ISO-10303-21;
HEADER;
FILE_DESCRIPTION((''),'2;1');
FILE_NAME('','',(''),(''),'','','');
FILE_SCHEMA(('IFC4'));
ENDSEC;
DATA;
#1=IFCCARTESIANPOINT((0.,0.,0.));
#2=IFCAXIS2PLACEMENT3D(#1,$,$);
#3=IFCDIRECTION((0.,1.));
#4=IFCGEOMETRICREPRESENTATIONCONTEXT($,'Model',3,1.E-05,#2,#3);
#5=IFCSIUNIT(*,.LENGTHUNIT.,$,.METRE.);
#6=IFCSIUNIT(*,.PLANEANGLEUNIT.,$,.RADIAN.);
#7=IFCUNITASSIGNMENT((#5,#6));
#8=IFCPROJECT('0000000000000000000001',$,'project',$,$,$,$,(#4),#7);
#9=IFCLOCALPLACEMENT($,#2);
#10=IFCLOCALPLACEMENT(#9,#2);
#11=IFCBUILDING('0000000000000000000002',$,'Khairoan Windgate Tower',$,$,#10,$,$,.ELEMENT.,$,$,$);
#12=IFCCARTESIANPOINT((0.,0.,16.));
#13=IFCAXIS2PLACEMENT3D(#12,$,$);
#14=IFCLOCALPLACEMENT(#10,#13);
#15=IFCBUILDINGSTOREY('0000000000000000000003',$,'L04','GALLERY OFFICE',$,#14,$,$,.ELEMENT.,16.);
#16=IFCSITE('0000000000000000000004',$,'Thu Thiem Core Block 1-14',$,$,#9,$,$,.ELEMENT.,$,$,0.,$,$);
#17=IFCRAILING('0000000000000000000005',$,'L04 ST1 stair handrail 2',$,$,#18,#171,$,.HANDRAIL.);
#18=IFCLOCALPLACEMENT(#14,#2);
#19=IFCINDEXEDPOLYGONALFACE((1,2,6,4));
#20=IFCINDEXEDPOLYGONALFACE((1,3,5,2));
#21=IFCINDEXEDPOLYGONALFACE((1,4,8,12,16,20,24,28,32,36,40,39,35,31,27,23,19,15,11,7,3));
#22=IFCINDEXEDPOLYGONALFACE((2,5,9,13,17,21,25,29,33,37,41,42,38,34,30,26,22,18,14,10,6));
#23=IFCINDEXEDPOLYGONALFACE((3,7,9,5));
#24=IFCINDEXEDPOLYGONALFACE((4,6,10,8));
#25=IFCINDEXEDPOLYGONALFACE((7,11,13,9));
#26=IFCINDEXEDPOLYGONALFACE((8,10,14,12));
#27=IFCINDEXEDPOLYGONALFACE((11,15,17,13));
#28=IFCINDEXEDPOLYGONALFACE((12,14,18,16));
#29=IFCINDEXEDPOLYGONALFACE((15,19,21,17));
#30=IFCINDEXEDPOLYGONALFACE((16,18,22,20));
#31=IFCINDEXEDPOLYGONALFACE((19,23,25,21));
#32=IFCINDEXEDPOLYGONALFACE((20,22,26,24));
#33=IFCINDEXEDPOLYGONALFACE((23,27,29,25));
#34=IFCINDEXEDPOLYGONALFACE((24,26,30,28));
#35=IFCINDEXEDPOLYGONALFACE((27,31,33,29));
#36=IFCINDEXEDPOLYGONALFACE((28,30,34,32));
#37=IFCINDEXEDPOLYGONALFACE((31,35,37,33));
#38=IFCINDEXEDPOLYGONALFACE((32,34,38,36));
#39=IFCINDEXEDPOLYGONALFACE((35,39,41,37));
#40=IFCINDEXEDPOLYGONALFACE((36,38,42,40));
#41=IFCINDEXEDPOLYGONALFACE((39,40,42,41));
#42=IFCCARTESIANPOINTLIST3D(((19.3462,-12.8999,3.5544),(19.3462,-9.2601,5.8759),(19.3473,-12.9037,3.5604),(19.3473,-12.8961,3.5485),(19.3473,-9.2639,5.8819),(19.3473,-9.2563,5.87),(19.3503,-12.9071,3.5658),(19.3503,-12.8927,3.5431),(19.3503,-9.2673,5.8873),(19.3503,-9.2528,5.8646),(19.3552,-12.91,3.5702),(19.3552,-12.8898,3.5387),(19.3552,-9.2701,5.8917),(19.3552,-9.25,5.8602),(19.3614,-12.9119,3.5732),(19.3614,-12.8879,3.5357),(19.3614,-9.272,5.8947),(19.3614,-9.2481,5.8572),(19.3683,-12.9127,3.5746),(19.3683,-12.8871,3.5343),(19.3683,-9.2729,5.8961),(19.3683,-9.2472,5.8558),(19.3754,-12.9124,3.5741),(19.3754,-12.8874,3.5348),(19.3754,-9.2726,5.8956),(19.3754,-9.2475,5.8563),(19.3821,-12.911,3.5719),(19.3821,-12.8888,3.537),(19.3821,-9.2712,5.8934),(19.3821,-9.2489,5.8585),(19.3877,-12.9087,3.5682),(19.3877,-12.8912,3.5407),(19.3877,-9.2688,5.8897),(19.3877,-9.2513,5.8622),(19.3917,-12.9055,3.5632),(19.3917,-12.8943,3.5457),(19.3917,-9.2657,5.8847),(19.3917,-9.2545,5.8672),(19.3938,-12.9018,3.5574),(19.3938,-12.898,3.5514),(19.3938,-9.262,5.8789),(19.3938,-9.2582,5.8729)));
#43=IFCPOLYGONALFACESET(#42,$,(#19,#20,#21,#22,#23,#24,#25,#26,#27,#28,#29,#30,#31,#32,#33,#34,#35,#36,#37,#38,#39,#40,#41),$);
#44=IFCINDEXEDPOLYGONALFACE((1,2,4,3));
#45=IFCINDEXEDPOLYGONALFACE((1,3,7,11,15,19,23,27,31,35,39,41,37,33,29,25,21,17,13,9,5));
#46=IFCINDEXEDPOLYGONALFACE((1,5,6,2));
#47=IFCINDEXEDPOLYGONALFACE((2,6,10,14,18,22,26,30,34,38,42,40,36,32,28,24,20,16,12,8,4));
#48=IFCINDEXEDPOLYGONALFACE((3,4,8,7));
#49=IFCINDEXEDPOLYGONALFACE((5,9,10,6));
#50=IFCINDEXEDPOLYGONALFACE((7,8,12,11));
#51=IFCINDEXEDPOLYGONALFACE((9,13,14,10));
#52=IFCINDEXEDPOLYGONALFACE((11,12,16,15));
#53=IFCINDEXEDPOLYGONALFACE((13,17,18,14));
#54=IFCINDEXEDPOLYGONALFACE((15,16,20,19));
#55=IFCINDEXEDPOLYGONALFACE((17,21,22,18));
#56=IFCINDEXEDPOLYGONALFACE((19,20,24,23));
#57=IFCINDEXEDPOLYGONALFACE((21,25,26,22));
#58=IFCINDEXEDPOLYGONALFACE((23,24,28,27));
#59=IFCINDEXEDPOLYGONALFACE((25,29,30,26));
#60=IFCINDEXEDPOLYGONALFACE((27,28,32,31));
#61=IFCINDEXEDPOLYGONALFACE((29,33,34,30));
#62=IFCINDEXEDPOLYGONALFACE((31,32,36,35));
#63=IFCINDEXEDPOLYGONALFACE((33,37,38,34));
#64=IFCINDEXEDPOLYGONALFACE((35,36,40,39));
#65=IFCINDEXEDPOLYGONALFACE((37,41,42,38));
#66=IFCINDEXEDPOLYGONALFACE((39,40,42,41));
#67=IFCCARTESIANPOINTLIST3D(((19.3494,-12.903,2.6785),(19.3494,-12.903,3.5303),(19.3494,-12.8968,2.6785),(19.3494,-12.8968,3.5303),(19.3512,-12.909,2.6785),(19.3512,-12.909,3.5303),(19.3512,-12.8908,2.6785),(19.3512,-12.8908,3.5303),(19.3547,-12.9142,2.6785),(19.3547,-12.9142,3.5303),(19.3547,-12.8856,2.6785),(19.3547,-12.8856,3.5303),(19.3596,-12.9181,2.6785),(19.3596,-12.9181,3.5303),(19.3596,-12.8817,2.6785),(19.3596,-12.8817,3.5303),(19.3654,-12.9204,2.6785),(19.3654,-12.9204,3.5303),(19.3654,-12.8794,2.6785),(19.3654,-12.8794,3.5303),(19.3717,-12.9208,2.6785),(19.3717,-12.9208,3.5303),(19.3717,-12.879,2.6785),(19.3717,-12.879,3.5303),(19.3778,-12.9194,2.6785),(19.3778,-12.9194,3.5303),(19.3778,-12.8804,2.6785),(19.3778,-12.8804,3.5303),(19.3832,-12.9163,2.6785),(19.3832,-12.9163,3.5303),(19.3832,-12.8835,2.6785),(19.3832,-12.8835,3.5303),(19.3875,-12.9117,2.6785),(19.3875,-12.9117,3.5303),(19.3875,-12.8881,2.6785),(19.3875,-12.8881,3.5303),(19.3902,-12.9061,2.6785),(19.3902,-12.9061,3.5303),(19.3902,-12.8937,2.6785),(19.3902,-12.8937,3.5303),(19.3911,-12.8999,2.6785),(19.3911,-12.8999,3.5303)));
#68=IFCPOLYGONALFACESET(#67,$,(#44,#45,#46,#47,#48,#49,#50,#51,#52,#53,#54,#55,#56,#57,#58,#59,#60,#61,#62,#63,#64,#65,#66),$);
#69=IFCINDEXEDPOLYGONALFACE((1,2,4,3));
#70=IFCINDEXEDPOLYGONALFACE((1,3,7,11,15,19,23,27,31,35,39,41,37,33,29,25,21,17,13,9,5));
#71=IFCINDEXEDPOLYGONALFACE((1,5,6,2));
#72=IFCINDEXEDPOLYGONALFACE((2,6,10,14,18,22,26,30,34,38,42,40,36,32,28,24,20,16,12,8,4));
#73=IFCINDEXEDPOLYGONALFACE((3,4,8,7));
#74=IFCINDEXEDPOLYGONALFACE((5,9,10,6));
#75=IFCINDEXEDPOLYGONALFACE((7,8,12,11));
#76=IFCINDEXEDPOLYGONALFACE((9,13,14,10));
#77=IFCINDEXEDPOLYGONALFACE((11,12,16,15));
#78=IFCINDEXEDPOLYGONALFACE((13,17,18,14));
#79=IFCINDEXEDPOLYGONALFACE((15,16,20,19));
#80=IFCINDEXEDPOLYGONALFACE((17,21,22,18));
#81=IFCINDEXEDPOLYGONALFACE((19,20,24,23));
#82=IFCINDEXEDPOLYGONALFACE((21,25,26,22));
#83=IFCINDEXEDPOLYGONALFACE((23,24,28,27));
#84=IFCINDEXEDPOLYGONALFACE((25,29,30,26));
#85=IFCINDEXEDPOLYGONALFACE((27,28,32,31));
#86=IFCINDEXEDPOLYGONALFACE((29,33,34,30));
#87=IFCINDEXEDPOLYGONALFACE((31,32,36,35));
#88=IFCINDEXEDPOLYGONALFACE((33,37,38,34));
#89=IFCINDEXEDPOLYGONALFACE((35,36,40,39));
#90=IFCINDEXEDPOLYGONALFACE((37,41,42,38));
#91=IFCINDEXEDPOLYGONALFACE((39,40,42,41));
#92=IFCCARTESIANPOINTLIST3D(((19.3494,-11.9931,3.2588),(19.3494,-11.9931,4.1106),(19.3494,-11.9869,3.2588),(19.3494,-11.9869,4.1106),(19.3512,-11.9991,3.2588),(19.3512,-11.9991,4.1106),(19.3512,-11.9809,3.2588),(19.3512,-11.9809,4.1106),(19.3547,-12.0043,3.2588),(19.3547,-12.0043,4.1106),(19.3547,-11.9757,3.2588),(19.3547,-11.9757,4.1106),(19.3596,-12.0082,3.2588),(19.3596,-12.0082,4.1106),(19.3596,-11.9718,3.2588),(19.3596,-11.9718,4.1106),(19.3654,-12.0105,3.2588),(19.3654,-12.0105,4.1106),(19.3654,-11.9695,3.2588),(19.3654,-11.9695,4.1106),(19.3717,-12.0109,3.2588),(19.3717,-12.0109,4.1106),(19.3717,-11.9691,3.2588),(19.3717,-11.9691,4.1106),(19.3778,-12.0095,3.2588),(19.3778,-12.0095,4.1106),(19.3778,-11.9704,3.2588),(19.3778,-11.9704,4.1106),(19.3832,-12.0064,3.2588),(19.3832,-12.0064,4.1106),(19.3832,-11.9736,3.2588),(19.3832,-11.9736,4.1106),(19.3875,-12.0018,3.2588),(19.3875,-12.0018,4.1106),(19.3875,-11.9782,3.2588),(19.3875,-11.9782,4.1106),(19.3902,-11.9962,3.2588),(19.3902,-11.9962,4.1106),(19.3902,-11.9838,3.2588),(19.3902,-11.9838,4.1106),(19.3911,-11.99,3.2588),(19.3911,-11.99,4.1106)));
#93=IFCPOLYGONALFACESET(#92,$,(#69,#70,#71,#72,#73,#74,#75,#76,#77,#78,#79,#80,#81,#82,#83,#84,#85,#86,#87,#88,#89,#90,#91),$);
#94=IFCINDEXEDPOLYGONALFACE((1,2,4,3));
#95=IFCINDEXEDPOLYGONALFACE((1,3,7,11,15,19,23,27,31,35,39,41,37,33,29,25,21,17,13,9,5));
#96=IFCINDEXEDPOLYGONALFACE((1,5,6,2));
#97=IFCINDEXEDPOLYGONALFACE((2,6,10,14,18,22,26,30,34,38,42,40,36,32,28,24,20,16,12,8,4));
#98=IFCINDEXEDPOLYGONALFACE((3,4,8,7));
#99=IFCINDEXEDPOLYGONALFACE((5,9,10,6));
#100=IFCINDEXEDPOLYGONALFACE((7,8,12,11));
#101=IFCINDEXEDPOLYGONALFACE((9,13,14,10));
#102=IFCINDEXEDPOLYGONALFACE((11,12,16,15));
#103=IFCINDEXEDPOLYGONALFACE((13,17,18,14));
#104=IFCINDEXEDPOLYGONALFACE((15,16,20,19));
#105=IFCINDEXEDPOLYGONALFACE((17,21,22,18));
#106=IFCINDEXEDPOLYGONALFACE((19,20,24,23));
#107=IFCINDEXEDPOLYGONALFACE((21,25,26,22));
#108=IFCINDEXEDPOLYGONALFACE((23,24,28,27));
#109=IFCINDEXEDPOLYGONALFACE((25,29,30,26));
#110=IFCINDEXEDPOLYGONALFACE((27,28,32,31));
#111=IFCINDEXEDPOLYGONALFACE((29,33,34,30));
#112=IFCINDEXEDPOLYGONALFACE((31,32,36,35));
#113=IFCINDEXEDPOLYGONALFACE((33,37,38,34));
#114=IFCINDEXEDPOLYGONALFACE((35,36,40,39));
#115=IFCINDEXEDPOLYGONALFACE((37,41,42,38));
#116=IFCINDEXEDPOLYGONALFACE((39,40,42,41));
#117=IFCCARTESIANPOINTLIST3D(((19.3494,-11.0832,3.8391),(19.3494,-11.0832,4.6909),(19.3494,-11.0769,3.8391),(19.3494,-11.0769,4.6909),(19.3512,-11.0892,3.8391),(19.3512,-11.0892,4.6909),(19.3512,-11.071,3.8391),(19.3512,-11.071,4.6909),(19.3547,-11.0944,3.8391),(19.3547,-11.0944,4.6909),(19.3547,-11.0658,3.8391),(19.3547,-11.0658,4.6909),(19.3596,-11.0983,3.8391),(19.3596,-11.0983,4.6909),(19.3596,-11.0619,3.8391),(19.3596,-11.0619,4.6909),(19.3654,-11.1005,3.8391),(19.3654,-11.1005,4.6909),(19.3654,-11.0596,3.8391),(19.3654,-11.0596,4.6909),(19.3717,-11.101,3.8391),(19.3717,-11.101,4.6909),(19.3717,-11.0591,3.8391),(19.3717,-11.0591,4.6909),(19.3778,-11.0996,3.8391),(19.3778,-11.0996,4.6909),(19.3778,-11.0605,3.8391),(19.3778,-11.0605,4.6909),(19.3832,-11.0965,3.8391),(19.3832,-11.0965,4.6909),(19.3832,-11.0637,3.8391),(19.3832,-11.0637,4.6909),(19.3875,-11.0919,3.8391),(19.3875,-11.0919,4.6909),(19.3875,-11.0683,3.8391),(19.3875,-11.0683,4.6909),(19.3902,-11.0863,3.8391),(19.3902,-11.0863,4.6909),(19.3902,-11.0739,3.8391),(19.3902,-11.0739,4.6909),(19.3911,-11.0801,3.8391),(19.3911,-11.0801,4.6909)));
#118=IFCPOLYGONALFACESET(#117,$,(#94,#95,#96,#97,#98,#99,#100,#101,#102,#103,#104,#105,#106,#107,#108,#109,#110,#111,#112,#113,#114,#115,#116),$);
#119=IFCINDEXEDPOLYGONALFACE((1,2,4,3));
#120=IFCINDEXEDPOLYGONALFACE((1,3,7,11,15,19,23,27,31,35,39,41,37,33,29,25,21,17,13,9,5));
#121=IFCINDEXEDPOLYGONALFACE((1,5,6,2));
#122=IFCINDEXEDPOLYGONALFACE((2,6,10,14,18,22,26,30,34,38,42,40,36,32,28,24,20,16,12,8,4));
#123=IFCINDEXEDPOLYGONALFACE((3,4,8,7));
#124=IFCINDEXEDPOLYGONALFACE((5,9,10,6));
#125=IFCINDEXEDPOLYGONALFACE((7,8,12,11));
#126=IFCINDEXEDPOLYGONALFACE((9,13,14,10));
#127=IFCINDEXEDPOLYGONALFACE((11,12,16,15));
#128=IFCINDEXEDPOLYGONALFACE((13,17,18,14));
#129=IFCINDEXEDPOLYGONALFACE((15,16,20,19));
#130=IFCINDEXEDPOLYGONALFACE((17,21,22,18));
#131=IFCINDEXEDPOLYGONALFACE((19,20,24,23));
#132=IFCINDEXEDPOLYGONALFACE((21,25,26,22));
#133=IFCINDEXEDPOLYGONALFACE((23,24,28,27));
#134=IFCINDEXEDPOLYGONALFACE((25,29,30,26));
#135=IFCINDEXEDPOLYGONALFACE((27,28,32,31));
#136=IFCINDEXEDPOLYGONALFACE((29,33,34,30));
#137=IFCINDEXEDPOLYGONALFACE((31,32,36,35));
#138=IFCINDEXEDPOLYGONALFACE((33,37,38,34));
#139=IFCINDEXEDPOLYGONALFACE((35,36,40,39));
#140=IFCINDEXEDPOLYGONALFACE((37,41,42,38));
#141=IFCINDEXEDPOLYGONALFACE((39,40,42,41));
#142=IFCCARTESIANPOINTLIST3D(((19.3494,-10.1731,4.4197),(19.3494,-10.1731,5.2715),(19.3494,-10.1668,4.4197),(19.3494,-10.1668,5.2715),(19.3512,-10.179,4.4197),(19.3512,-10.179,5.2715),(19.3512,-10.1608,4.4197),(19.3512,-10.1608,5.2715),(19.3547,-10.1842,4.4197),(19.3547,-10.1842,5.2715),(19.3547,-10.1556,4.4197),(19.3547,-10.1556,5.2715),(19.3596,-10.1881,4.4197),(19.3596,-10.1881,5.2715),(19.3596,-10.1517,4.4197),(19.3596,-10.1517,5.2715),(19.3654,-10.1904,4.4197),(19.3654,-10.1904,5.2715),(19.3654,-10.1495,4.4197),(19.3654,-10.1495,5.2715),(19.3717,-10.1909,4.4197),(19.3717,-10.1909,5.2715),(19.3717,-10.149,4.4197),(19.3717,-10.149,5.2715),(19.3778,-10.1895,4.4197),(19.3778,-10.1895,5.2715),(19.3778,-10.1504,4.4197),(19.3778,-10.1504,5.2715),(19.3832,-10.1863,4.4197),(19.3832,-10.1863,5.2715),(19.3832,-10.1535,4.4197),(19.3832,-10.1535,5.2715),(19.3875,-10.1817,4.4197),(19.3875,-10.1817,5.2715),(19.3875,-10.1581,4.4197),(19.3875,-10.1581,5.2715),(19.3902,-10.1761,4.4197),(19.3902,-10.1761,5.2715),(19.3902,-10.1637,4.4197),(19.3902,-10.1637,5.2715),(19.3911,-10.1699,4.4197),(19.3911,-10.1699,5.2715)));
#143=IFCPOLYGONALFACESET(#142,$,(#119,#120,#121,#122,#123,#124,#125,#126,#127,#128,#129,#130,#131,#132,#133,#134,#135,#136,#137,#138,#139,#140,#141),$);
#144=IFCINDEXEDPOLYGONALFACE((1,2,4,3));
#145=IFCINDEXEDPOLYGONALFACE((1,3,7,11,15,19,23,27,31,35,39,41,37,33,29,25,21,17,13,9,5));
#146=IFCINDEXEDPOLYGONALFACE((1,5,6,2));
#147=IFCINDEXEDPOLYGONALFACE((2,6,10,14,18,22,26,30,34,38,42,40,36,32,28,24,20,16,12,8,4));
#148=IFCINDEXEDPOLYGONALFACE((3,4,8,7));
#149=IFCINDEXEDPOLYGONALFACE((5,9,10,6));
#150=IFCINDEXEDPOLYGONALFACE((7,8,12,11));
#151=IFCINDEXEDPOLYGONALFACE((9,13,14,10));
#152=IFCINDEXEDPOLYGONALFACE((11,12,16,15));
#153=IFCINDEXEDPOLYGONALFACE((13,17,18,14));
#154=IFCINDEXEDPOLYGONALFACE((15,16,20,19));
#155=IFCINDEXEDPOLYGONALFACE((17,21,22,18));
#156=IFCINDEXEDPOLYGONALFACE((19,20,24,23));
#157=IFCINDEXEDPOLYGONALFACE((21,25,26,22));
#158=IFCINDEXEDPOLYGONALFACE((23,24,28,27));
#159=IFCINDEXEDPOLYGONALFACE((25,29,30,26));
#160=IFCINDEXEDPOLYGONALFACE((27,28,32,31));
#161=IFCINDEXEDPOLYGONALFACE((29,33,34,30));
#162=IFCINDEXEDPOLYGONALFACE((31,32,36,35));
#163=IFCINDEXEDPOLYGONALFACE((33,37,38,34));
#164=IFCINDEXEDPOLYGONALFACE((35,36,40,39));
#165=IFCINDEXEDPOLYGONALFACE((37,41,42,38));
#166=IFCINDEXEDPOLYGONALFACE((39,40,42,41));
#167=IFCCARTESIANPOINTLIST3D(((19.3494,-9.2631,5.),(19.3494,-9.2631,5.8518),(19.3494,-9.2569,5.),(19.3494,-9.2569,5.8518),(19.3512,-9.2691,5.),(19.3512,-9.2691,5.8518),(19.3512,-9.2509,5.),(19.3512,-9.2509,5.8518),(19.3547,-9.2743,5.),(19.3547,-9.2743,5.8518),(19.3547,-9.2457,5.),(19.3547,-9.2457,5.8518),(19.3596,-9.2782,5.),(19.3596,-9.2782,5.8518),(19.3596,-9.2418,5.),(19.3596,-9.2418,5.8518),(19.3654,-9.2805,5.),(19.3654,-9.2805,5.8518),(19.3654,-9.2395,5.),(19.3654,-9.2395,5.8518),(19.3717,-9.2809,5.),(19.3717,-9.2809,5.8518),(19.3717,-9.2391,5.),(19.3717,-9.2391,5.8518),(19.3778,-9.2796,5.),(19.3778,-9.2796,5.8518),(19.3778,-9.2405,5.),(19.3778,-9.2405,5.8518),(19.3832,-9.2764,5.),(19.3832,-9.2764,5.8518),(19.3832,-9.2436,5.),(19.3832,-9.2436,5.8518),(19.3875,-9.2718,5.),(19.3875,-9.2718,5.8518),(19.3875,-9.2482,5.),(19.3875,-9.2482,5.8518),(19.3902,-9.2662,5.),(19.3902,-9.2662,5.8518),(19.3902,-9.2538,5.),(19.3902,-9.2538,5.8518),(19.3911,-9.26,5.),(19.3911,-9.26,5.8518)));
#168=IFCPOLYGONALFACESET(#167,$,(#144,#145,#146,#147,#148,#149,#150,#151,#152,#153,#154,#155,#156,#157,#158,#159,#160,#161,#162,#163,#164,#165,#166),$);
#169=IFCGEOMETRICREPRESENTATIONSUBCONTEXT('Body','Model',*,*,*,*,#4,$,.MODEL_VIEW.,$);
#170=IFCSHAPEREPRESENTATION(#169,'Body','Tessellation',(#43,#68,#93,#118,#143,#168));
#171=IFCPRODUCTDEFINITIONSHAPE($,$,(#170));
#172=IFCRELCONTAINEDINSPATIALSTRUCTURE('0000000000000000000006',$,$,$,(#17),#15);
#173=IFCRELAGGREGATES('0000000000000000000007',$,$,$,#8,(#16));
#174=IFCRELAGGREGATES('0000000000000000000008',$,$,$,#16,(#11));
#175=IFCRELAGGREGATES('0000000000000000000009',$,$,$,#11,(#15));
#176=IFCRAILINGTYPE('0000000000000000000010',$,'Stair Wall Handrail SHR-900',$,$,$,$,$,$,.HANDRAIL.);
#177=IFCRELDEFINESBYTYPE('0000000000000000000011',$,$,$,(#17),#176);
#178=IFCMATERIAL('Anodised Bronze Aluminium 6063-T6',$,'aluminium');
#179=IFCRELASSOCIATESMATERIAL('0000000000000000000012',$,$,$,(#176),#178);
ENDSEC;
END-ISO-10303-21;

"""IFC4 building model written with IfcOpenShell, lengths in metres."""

from ifc_helpers import new_model, si_unit, direction, frame, origin, origin_2d, place, context, subcontext, project, spatial, circle, extrude, material, type_object, element, save


model = new_model("IFC4")

# Units and contexts
model_context = context("Model", 3, precision=1e-05, world=origin(), true_north=direction((0.0, 1.0)))
body_context = subcontext(model_context, "Body", "Model", "MODEL_VIEW")
ifc_project = project(units=[si_unit("LENGTHUNIT", "METRE"), si_unit("PLANEANGLEUNIT", "RADIAN")], contexts=[model_context])

# Site, building, storey
site_placement = place(None, origin())
site = spatial("IfcSite", under=ifc_project, at=site_placement, Name="Thu Thiem Core Block 1-14", CompositionType="ELEMENT", RefElevation=0.0)
building_placement = place(site_placement, origin())
building = spatial("IfcBuilding", under=site, at=building_placement, Name="Khairoan Windgate Tower", CompositionType="ELEMENT")
storey_placement = place(building_placement, frame((0.0, 0.0, 16.0)))
storey = spatial("IfcBuildingStorey", under=building, at=storey_placement, Name="L04", Description="GALLERY OFFICE", CompositionType="ELEMENT", Elevation=16.0)

# Railing
ifc_material_1 = material(Name="Anodised Bronze Aluminium 6063-T6", Category="aluminium")
railing_type_1 = type_object("IfcRailingType", Name="Stair Wall Handrail SHR-900", PredefinedType="HANDRAIL", material=ifc_material_1)
railing_1_placement = place(storey_placement, frame((19.3701, -12.8999, 2.6785)))
element("IfcRailing", 1, at=railing_1_placement, inside=storey, type_object=railing_type_1, Name="L04 ST1 stair handrail 2", PredefinedType="HANDRAIL", context=body_context, shape_type="SweptSolid", body=[
    extrude(circle(Radius=0.0239, at=origin_2d()), frame((0.0, 0.0, 0.876), z_axis=(0.0, 0.843112, 0.537739), x_axis=(-1.0, 0.0, 0.0)), (0.0, 0.0, 1.0), 4.3171),
    extrude(circle(Radius=0.021, at=origin_2d()), origin(), (0.0, 0.0, 1.0), 0.8518),
    extrude(circle(Radius=0.021, at=origin_2d()), frame((0.0, 0.9099, 0.5803)), (0.0, 0.0, 1.0), 0.8518),
    extrude(circle(Radius=0.021, at=origin_2d()), frame((0.0, 1.8198, 1.1606)), (0.0, 0.0, 1.0), 0.8518),
    extrude(circle(Radius=0.021, at=origin_2d()), frame((0.0, 2.73, 1.7412)), (0.0, 0.0, 1.0), 0.8518),
    extrude(circle(Radius=0.021, at=origin_2d()), frame((0.0, 3.6399, 2.3215)), (0.0, 0.0, 1.0), 0.8518),
])

save(model, "model.ifc")
